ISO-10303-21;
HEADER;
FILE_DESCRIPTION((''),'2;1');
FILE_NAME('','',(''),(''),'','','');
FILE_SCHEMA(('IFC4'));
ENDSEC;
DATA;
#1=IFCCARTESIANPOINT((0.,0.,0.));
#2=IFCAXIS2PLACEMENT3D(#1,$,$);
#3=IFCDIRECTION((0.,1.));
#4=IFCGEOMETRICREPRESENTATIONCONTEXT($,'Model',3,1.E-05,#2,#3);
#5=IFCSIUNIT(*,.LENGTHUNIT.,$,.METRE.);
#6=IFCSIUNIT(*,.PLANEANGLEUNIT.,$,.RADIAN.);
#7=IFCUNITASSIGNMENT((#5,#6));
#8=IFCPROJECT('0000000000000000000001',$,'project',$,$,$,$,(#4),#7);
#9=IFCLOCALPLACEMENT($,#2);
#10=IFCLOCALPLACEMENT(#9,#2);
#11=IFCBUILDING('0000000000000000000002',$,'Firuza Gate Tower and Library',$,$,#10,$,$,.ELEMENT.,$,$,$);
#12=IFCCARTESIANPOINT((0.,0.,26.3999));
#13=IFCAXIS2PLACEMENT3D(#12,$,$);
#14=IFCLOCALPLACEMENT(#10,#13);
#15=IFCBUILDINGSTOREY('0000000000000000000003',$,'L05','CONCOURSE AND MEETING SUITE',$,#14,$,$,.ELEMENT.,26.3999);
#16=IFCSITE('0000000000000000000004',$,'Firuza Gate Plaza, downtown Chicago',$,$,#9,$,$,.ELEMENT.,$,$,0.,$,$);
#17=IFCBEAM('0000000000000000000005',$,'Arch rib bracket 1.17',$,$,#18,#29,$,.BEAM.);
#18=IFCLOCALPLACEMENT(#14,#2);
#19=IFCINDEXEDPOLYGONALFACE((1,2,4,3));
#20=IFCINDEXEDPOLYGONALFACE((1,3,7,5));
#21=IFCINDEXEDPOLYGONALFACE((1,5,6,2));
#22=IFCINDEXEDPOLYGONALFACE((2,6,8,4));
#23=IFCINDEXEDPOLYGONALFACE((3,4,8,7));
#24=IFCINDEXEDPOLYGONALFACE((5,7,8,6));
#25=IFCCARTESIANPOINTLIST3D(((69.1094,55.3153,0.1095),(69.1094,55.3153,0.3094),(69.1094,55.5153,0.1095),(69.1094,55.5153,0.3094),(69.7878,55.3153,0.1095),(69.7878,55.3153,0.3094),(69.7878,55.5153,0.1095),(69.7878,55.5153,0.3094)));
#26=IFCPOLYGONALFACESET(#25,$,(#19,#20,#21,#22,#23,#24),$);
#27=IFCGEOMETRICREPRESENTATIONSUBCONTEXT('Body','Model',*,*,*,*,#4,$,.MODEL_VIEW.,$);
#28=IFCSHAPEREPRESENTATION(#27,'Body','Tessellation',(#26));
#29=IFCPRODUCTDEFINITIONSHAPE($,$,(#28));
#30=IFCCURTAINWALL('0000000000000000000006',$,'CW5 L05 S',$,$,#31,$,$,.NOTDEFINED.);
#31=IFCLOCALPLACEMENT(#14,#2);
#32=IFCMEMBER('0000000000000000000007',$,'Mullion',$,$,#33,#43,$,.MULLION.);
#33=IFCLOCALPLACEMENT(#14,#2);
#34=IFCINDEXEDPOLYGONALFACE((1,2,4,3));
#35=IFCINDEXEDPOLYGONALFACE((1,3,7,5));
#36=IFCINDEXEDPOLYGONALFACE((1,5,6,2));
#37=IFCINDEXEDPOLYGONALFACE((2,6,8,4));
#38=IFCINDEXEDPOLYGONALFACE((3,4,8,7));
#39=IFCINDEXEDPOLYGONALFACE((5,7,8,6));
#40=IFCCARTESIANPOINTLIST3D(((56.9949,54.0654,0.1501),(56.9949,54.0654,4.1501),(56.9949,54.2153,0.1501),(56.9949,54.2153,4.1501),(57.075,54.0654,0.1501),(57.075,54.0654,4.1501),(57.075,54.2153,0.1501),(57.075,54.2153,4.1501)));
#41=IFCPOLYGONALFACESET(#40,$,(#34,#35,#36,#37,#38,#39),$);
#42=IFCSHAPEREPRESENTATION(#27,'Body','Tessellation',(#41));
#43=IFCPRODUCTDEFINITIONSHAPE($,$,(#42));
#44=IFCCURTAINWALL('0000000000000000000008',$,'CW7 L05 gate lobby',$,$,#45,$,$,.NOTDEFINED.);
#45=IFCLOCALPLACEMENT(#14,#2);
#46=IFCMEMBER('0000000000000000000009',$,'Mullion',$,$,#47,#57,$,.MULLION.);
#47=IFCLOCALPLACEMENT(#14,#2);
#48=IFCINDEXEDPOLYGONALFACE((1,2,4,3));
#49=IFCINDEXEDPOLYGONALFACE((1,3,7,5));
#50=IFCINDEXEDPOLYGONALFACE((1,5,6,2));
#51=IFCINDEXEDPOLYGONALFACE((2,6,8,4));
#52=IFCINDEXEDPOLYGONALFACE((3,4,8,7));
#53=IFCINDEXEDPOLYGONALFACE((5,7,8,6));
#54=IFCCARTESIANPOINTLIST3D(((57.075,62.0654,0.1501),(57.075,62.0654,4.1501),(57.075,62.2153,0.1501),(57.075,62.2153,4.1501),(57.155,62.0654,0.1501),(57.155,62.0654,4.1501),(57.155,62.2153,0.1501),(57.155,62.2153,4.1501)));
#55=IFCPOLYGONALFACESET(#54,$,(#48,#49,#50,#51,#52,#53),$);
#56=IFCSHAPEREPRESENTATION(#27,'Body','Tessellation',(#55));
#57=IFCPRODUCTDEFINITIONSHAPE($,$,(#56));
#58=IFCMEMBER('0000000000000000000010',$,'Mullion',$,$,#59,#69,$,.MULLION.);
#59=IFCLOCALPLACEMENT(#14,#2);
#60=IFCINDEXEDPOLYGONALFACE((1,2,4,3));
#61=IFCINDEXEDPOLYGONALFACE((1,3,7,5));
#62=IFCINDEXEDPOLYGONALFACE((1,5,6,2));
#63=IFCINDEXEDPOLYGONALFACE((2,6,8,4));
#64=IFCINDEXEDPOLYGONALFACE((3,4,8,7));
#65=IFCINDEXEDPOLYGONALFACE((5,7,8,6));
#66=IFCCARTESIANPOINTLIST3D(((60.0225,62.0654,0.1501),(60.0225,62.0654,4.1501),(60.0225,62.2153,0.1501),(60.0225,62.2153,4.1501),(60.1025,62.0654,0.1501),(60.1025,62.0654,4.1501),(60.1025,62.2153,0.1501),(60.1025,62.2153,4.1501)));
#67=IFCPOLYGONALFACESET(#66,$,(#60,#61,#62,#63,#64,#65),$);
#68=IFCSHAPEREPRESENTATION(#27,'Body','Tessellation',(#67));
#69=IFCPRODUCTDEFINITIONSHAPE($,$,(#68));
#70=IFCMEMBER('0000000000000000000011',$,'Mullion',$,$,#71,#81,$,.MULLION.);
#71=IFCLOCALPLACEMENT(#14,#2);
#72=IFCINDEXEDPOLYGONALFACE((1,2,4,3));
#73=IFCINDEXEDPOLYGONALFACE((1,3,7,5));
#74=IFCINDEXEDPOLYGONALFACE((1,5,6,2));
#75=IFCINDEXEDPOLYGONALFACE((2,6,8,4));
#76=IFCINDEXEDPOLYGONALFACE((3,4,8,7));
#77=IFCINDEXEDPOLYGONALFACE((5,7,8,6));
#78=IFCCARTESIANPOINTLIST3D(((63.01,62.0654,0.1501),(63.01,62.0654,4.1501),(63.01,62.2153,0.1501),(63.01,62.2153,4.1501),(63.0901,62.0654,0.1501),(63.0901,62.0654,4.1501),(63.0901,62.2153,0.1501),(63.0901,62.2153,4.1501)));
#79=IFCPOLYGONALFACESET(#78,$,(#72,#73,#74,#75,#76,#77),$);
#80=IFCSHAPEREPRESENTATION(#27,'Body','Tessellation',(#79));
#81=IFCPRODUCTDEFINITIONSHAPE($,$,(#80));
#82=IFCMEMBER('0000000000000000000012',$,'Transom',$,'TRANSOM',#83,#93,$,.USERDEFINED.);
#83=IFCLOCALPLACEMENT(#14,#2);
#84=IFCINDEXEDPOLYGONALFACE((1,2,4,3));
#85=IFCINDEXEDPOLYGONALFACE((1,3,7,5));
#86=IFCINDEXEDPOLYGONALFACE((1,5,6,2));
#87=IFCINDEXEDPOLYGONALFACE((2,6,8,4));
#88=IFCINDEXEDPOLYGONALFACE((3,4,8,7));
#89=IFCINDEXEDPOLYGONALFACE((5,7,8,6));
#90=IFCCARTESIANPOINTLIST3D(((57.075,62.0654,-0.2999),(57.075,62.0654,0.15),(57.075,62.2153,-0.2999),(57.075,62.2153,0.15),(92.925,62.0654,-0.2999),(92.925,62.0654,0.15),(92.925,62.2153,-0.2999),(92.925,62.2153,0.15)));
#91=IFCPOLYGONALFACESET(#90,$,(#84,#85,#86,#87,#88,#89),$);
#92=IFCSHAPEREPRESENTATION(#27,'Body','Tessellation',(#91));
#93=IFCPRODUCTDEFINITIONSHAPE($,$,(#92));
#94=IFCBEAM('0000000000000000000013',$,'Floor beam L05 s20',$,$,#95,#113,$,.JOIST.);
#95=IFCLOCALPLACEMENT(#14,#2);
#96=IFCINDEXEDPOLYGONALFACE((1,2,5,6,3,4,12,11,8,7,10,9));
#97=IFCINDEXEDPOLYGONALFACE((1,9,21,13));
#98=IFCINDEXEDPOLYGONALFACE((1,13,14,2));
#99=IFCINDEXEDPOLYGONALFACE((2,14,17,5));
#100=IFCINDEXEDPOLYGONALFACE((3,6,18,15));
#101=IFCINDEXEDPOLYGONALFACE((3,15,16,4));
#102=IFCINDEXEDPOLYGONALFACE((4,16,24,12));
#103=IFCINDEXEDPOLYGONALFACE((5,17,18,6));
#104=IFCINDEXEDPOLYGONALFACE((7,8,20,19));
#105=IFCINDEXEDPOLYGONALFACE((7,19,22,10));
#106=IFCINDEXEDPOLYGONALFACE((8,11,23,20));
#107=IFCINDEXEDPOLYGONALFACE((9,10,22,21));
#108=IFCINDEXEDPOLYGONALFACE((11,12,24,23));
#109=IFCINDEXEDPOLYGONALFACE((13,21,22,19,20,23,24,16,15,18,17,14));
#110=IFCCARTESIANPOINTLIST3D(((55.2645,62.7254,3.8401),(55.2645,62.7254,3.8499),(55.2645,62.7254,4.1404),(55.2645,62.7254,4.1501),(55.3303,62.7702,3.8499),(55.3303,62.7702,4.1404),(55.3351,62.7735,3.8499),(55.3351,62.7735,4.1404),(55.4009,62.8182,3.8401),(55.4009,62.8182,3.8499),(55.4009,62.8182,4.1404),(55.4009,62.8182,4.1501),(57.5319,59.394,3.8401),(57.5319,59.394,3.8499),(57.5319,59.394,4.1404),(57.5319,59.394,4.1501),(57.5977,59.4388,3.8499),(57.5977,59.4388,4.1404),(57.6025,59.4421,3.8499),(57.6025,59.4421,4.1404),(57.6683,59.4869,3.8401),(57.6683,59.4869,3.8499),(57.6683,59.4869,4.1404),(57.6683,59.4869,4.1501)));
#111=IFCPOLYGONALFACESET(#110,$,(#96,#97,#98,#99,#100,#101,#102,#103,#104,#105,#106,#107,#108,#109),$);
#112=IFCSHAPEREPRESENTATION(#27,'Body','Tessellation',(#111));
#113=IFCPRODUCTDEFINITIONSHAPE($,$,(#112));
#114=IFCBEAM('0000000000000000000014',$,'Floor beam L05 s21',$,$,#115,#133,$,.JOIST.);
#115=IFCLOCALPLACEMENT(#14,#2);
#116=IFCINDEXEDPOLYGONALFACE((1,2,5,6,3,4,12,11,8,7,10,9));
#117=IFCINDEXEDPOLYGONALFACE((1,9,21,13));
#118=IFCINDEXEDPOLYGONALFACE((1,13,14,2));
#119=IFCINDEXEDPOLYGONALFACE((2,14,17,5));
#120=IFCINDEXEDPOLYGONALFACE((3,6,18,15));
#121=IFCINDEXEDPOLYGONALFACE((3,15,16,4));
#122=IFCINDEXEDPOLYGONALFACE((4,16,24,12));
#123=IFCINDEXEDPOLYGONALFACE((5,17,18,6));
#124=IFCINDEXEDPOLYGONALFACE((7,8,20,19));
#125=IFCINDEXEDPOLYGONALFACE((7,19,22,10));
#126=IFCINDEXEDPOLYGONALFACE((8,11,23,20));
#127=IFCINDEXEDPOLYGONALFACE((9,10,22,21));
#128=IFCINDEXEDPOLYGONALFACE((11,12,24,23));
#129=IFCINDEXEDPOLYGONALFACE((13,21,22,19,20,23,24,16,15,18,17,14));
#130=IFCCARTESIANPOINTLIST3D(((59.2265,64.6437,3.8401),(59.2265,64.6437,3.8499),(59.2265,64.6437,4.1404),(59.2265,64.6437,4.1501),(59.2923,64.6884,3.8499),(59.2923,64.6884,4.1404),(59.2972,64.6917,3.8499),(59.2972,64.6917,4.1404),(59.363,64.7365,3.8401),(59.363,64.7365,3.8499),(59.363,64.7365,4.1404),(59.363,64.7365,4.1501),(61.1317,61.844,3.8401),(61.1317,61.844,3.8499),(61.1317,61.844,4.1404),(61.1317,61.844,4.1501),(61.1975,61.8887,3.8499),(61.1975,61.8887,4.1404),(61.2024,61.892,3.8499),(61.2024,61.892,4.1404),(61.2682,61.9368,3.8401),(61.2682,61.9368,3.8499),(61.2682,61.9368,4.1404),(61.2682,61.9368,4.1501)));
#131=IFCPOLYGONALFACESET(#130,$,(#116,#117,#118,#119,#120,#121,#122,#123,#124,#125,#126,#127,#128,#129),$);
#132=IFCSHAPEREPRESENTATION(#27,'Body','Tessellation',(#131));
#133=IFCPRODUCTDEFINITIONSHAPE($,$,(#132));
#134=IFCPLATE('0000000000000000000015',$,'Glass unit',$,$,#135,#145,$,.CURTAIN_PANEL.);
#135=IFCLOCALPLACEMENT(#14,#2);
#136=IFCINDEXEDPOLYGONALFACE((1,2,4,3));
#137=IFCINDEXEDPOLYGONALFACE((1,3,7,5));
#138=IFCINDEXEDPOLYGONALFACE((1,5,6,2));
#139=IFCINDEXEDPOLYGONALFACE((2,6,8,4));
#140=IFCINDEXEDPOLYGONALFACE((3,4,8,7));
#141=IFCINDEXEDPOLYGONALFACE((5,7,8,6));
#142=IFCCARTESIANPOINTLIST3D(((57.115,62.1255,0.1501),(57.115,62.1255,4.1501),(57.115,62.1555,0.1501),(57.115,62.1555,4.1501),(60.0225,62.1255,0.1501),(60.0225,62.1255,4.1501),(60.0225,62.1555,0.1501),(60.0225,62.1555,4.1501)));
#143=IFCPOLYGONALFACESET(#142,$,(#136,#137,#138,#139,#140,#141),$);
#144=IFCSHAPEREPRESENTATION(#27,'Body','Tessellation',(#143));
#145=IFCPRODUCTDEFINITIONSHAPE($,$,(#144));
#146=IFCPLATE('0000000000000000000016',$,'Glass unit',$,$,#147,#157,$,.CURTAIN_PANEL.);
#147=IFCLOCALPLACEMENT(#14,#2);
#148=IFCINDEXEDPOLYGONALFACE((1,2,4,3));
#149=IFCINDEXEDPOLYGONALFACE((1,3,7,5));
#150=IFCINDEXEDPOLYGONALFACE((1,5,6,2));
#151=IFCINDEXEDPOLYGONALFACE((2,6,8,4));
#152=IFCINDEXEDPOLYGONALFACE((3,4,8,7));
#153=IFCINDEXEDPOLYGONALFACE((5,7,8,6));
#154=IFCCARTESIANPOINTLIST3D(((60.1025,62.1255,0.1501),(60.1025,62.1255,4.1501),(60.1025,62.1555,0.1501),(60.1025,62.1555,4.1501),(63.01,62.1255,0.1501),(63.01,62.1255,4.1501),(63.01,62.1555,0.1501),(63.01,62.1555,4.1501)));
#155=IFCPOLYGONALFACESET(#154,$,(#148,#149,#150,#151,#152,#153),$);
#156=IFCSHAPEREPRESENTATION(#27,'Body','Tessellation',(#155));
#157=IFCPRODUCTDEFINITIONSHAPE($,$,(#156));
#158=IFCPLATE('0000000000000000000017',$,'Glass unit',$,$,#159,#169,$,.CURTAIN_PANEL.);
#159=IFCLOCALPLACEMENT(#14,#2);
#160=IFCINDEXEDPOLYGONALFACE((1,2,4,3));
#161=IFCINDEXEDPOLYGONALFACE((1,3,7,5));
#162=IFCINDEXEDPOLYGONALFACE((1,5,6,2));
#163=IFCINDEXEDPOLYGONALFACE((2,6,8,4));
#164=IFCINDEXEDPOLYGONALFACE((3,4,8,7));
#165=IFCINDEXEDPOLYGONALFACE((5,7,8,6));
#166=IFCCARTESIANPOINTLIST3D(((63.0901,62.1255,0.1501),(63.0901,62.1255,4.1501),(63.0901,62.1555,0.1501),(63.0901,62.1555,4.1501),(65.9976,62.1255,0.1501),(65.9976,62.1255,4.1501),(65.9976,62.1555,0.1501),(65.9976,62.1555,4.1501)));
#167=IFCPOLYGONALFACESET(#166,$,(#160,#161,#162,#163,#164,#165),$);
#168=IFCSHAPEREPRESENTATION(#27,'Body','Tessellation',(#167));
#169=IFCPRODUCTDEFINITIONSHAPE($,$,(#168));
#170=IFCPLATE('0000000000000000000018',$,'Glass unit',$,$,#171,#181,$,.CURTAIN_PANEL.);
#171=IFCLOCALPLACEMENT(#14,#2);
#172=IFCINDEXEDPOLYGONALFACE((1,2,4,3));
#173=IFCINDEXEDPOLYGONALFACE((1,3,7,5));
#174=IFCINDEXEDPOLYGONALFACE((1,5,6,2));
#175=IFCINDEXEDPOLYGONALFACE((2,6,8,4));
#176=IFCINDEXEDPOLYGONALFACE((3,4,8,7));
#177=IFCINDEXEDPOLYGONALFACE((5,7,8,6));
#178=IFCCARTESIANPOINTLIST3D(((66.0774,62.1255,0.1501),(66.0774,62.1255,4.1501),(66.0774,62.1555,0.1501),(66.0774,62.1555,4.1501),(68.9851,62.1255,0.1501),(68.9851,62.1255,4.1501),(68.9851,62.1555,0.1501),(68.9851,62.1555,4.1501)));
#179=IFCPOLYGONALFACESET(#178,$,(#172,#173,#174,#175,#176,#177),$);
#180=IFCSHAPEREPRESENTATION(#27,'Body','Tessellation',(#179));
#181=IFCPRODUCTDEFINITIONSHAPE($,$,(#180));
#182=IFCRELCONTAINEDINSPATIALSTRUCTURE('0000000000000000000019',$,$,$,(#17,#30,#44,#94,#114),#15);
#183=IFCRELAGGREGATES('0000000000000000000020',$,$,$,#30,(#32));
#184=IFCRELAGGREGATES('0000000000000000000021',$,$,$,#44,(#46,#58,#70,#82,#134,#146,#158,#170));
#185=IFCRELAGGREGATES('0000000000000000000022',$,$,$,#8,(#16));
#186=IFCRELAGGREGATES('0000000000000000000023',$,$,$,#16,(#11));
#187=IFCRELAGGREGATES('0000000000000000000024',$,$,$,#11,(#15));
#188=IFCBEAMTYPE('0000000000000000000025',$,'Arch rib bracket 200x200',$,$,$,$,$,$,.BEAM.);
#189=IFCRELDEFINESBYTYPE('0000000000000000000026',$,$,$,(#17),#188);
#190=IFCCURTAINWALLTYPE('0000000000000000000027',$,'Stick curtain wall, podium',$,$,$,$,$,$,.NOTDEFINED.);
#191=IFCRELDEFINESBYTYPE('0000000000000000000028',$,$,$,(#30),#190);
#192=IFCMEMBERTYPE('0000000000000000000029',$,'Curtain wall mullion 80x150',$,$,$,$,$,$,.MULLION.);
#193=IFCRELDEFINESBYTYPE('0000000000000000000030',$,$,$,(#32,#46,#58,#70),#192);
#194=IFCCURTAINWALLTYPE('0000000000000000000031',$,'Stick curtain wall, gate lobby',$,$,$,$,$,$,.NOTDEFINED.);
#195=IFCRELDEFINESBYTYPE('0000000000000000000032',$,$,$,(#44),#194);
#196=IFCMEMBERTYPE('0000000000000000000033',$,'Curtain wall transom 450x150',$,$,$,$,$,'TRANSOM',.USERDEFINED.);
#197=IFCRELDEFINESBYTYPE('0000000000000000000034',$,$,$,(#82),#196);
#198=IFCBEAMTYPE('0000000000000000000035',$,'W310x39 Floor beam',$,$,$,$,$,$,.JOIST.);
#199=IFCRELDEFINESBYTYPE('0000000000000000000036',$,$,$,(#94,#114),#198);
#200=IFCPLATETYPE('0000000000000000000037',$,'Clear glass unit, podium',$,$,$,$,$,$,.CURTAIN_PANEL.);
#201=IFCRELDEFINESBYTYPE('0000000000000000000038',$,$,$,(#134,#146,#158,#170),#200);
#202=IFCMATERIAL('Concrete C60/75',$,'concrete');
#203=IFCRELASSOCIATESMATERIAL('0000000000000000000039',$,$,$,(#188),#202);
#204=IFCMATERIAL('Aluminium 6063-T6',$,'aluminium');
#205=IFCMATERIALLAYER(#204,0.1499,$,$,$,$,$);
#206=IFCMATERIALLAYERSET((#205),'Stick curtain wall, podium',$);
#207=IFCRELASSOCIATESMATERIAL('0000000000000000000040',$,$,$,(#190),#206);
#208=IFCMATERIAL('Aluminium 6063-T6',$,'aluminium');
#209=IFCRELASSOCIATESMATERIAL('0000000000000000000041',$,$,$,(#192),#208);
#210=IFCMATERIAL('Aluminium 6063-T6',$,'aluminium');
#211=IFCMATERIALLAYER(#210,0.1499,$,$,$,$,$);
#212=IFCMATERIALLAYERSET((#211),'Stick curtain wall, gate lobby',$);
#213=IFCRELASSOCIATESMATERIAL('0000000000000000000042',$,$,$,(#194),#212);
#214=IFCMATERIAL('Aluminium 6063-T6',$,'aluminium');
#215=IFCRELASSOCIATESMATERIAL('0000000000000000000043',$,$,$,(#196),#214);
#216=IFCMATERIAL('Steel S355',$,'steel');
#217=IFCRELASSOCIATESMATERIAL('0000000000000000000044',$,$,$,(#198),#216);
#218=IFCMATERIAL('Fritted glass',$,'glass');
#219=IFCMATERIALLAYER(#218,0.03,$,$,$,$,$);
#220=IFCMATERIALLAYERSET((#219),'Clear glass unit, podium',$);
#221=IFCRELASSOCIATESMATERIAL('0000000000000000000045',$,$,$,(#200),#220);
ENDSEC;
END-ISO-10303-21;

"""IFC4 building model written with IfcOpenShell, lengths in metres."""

from ifc_helpers import new_model, si_unit, direction, frame, origin, origin_2d, place, context, subcontext, project, spatial, polyline, rectangle, i_section, outline, extrude, material, layer, layer_set, material_profile, profile_set, type_object, element, aggregate, save


model = new_model("IFC4")

# Units and contexts
model_context = context("Model", 3, precision=1e-05, world=origin(), true_north=direction((0.0, 1.0)))
body_context = subcontext(model_context, "Body", "Model", "MODEL_VIEW")
ifc_project = project(units=[si_unit("LENGTHUNIT", "METRE"), si_unit("PLANEANGLEUNIT", "RADIAN")], contexts=[model_context])

# Site, building, storey
site_placement = place(None, origin())
site = spatial("IfcSite", under=ifc_project, at=site_placement, Name="Firuza Gate Plaza, downtown Chicago", CompositionType="ELEMENT", RefElevation=0.0)
building_placement = place(site_placement, origin())
building = spatial("IfcBuilding", under=site, at=building_placement, Name="Firuza Gate Tower and Library", CompositionType="ELEMENT")
storey_placement = place(building_placement, frame((0.0, 0.0, 26.3999)))
storey = spatial("IfcBuildingStorey", under=building, at=storey_placement, Name="L05", Description="CONCOURSE AND MEETING SUITE", CompositionType="ELEMENT", Elevation=26.3999)

# Beam
ifc_material_1 = material(Name="Concrete C60/75", Category="concrete")
ifc_material_profile_1 = material_profile(ifc_material_1, rectangle(XDim=0.2, YDim=0.2, at=origin_2d()))
ifc_profile_set_1 = profile_set([ifc_material_profile_1], Name="Concrete C60/75")
beam_type_1 = type_object("IfcBeamType", Name="Arch rib bracket 200x200", PredefinedType="BEAM", material=ifc_profile_set_1)
beam_1_placement = place(storey_placement, frame((69.1094, 55.4153, 0.2095), z_axis=(1.0, 0.0, 0.0), x_axis=(0.0, 1.0, 0.0)))
element("IfcBeam", 1, at=beam_1_placement, inside=storey, type_object=beam_type_1, Name="Arch rib bracket 1.17", PredefinedType="BEAM", context=body_context, shape_type="SweptSolid", body=[
    extrude(rectangle(XDim=0.2, YDim=0.2, at=origin_2d()), origin(), (0.0, 0.0, 1.0), 0.6785),
])

# Curtain wall, member
ifc_material_2 = material(Name="Aluminium 6063-T6", Category="aluminium")
ifc_layer_1 = layer(ifc_material_2, 0.1499)
ifc_layer_set_1 = layer_set([ifc_layer_1], Name="Stick curtain wall, podium")
curtain_wall_type_1 = type_object("IfcCurtainWallType", Name="Stick curtain wall, podium", PredefinedType="NOTDEFINED", material=ifc_layer_set_1)
placement = place(storey_placement, origin())
curtain_wall_1 = element("IfcCurtainWall", 2, at=placement, inside=storey, type_object=curtain_wall_type_1, Name="CW5 L05 S", PredefinedType="NOTDEFINED")
ifc_material_3 = material(Name="Aluminium 6063-T6", Category="aluminium")
ifc_material_profile_2 = material_profile(ifc_material_3, rectangle(XDim=0.1499, YDim=0.0801, at=origin_2d()))
ifc_profile_set_2 = profile_set([ifc_material_profile_2], Name="Aluminium 6063-T6")
member_type_1 = type_object("IfcMemberType", Name="Curtain wall mullion 80x150", PredefinedType="MULLION", material=ifc_profile_set_2)
member_1_placement = place(storey_placement, frame((57.0349, 54.1404, 0.1501), z_axis=(0.0, 0.0, 1.0), x_axis=(0.0, 1.0, 0.0)))
member_1 = element("IfcMember", 3, at=member_1_placement, type_object=member_type_1, Name="Mullion", PredefinedType="MULLION", context=body_context, shape_type="SweptSolid", body=[
    extrude(rectangle(XDim=0.1499, YDim=0.0801, at=origin_2d()), origin(), (0.0, 0.0, 1.0), 4.0),
])
aggregate(curtain_wall_1, [member_1])

# Curtain wall, members
ifc_material_4 = material(Name="Aluminium 6063-T6", Category="aluminium")
ifc_layer_2 = layer(ifc_material_4, 0.1499)
ifc_layer_set_2 = layer_set([ifc_layer_2], Name="Stick curtain wall, gate lobby")
curtain_wall_type_2 = type_object("IfcCurtainWallType", Name="Stick curtain wall, gate lobby", PredefinedType="NOTDEFINED", material=ifc_layer_set_2)
curtain_wall_2 = element("IfcCurtainWall", 4, at=placement, inside=storey, type_object=curtain_wall_type_2, Name="CW7 L05 gate lobby", PredefinedType="NOTDEFINED")
member_2_placement = place(storey_placement, frame((57.115, 62.1404, 0.1501), z_axis=(0.0, 0.0, 1.0), x_axis=(0.0, 1.0, 0.0)))
member_2 = element("IfcMember", 5, at=member_2_placement, type_object=member_type_1, Name="Mullion", PredefinedType="MULLION", context=body_context, shape_type="SweptSolid", body=[
    extrude(rectangle(XDim=0.1499, YDim=0.0801, at=origin_2d()), origin(), (0.0, 0.0, 1.0), 4.0),
])
member_3_placement = place(storey_placement, frame((60.0625, 62.1404, 0.1501), z_axis=(0.0, 0.0, 1.0), x_axis=(0.0, 1.0, 0.0)))
member_3 = element("IfcMember", 6, at=member_3_placement, type_object=member_type_1, Name="Mullion", PredefinedType="MULLION", context=body_context, shape_type="SweptSolid", body=[
    extrude(rectangle(XDim=0.1499, YDim=0.0801, at=origin_2d()), origin(), (0.0, 0.0, 1.0), 4.0),
])
member_4_placement = place(storey_placement, frame((63.05, 62.1404, 0.1501), z_axis=(0.0, 0.0, 1.0), x_axis=(0.0, 1.0, 0.0)))
member_4 = element("IfcMember", 7, at=member_4_placement, type_object=member_type_1, Name="Mullion", PredefinedType="MULLION", context=body_context, shape_type="SweptSolid", body=[
    extrude(rectangle(XDim=0.1499, YDim=0.0801, at=origin_2d()), origin(), (0.0, 0.0, 1.0), 4.0),
])
ifc_material_5 = material(Name="Aluminium 6063-T6", Category="aluminium")
ifc_material_profile_3 = material_profile(ifc_material_5, rectangle(XDim=0.1499, YDim=0.45, at=origin_2d()))
ifc_profile_set_3 = profile_set([ifc_material_profile_3], Name="Aluminium 6063-T6")
member_type_2 = type_object("IfcMemberType", Name="Curtain wall transom 450x150", ElementType="TRANSOM", PredefinedType="USERDEFINED", material=ifc_profile_set_3)
member_5_placement = place(storey_placement, frame((57.075, 62.1404, -0.075), z_axis=(1.0, 0.0, 0.0), x_axis=(0.0, 1.0, 0.0)))
member_5 = element("IfcMember", 8, at=member_5_placement, type_object=member_type_2, Name="Transom", ObjectType="TRANSOM", PredefinedType="USERDEFINED", context=body_context, shape_type="SweptSolid", body=[
    extrude(rectangle(XDim=0.1499, YDim=0.45, at=origin_2d()), origin(), (0.0, 0.0, 1.0), 35.8501),
])

# Beams
ifc_material_6 = material(Name="Steel S355", Category="steel")
ifc_material_profile_4 = material_profile(ifc_material_6, i_section(OverallWidth=0.165, OverallDepth=0.3101, WebThickness=0.0059, FlangeThickness=0.0098, at=origin_2d()))
ifc_profile_set_4 = profile_set([ifc_material_profile_4], Name="Steel S355")
beam_type_2 = type_object("IfcBeamType", Name="W310x39 Floor beam", PredefinedType="JOIST", material=ifc_profile_set_4)
beam_2_placement = place(storey_placement, frame((57.6001, 59.4404, 3.9951), z_axis=(-0.562658, 0.82669, 0.0), x_axis=(-0.82669, -0.562658, 0.0)))
element("IfcBeam", 9, at=beam_2_placement, inside=storey, type_object=beam_type_2, Name="Floor beam L05 s20", PredefinedType="JOIST", context=body_context, shape_type="SweptSolid", body=[
    extrude(i_section(OverallWidth=0.165, OverallDepth=0.3101, WebThickness=0.0059, FlangeThickness=0.0098, at=origin_2d()), origin(), (0.0, 0.0, 1.0), 4.0298),
])
beam_3_placement = place(storey_placement, frame((61.2, 61.8904, 3.9951), z_axis=(-0.562594, 0.826733, 0.0), x_axis=(-0.826733, -0.562594, 0.0)))
element("IfcBeam", 10, at=beam_3_placement, inside=storey, type_object=beam_type_2, Name="Floor beam L05 s21", PredefinedType="JOIST", context=body_context, shape_type="SweptSolid", body=[
    extrude(i_section(OverallWidth=0.165, OverallDepth=0.3101, WebThickness=0.0059, FlangeThickness=0.0098, at=origin_2d()), origin(), (0.0, 0.0, 1.0), 3.3865),
])

# Plates
ifc_material_7 = material(Name="Fritted glass", Category="glass")
ifc_layer_3 = layer(ifc_material_7, 0.03)
ifc_layer_set_3 = layer_set([ifc_layer_3], Name="Clear glass unit, podium")
plate_type = type_object("IfcPlateType", Name="Clear glass unit, podium", PredefinedType="CURTAIN_PANEL", material=ifc_layer_set_3)
plate_1_placement = place(storey_placement, frame((57.115, 62.1255, 0.1501), z_axis=(0.0, -1.0, 0.0), x_axis=(1.0, 0.0, 0.0)))
plate_1 = element("IfcPlate", 11, at=plate_1_placement, type_object=plate_type, Name="Glass unit", PredefinedType="CURTAIN_PANEL", context=body_context, shape_type="SweptSolid", body=[
    extrude(outline(polyline([(0.0, 0.0), (2.9075, 0.0), (2.9075, 4.0), (0.0, 4.0), (0.0, 0.0)])), origin(), (0.0, 0.0, -1.0), 0.03),
])
plate_2_placement = place(storey_placement, frame((60.1025, 62.1255, 0.1501), z_axis=(0.0, -1.0, 0.0), x_axis=(1.0, 0.0, 0.0)))
plate_2 = element("IfcPlate", 12, at=plate_2_placement, type_object=plate_type, Name="Glass unit", PredefinedType="CURTAIN_PANEL", context=body_context, shape_type="SweptSolid", body=[
    extrude(outline(polyline([(0.0, 0.0), (2.9075, 0.0), (2.9075, 4.0), (0.0, 4.0), (0.0, 0.0)])), origin(), (0.0, 0.0, -1.0), 0.03),
])
plate_3_placement = place(storey_placement, frame((63.0901, 62.1255, 0.1501), z_axis=(0.0, -1.0, 0.0), x_axis=(1.0, 0.0, 0.0)))
plate_3 = element("IfcPlate", 13, at=plate_3_placement, type_object=plate_type, Name="Glass unit", PredefinedType="CURTAIN_PANEL", context=body_context, shape_type="SweptSolid", body=[
    extrude(outline(polyline([(0.0, 0.0), (2.9075, 0.0), (2.9075, 4.0), (0.0, 4.0), (0.0, 0.0)])), origin(), (0.0, 0.0, -1.0), 0.03),
])
plate_4_placement = place(storey_placement, frame((66.0774, 62.1255, 0.1501), z_axis=(0.0, -1.0, 0.0), x_axis=(1.0, 0.0, 0.0)))
plate_4 = element("IfcPlate", 14, at=plate_4_placement, type_object=plate_type, Name="Glass unit", PredefinedType="CURTAIN_PANEL", context=body_context, shape_type="SweptSolid", body=[
    extrude(outline(polyline([(0.0, 0.0), (2.9077, 0.0), (2.9077, 4.0), (0.0, 4.0), (0.0, 0.0)])), origin(), (0.0, 0.0, -1.0), 0.03),
])
aggregate(curtain_wall_2, [member_2, member_3, member_4, member_5, plate_1, plate_2, plate_3, plate_4])

save(model, "model.ifc")
